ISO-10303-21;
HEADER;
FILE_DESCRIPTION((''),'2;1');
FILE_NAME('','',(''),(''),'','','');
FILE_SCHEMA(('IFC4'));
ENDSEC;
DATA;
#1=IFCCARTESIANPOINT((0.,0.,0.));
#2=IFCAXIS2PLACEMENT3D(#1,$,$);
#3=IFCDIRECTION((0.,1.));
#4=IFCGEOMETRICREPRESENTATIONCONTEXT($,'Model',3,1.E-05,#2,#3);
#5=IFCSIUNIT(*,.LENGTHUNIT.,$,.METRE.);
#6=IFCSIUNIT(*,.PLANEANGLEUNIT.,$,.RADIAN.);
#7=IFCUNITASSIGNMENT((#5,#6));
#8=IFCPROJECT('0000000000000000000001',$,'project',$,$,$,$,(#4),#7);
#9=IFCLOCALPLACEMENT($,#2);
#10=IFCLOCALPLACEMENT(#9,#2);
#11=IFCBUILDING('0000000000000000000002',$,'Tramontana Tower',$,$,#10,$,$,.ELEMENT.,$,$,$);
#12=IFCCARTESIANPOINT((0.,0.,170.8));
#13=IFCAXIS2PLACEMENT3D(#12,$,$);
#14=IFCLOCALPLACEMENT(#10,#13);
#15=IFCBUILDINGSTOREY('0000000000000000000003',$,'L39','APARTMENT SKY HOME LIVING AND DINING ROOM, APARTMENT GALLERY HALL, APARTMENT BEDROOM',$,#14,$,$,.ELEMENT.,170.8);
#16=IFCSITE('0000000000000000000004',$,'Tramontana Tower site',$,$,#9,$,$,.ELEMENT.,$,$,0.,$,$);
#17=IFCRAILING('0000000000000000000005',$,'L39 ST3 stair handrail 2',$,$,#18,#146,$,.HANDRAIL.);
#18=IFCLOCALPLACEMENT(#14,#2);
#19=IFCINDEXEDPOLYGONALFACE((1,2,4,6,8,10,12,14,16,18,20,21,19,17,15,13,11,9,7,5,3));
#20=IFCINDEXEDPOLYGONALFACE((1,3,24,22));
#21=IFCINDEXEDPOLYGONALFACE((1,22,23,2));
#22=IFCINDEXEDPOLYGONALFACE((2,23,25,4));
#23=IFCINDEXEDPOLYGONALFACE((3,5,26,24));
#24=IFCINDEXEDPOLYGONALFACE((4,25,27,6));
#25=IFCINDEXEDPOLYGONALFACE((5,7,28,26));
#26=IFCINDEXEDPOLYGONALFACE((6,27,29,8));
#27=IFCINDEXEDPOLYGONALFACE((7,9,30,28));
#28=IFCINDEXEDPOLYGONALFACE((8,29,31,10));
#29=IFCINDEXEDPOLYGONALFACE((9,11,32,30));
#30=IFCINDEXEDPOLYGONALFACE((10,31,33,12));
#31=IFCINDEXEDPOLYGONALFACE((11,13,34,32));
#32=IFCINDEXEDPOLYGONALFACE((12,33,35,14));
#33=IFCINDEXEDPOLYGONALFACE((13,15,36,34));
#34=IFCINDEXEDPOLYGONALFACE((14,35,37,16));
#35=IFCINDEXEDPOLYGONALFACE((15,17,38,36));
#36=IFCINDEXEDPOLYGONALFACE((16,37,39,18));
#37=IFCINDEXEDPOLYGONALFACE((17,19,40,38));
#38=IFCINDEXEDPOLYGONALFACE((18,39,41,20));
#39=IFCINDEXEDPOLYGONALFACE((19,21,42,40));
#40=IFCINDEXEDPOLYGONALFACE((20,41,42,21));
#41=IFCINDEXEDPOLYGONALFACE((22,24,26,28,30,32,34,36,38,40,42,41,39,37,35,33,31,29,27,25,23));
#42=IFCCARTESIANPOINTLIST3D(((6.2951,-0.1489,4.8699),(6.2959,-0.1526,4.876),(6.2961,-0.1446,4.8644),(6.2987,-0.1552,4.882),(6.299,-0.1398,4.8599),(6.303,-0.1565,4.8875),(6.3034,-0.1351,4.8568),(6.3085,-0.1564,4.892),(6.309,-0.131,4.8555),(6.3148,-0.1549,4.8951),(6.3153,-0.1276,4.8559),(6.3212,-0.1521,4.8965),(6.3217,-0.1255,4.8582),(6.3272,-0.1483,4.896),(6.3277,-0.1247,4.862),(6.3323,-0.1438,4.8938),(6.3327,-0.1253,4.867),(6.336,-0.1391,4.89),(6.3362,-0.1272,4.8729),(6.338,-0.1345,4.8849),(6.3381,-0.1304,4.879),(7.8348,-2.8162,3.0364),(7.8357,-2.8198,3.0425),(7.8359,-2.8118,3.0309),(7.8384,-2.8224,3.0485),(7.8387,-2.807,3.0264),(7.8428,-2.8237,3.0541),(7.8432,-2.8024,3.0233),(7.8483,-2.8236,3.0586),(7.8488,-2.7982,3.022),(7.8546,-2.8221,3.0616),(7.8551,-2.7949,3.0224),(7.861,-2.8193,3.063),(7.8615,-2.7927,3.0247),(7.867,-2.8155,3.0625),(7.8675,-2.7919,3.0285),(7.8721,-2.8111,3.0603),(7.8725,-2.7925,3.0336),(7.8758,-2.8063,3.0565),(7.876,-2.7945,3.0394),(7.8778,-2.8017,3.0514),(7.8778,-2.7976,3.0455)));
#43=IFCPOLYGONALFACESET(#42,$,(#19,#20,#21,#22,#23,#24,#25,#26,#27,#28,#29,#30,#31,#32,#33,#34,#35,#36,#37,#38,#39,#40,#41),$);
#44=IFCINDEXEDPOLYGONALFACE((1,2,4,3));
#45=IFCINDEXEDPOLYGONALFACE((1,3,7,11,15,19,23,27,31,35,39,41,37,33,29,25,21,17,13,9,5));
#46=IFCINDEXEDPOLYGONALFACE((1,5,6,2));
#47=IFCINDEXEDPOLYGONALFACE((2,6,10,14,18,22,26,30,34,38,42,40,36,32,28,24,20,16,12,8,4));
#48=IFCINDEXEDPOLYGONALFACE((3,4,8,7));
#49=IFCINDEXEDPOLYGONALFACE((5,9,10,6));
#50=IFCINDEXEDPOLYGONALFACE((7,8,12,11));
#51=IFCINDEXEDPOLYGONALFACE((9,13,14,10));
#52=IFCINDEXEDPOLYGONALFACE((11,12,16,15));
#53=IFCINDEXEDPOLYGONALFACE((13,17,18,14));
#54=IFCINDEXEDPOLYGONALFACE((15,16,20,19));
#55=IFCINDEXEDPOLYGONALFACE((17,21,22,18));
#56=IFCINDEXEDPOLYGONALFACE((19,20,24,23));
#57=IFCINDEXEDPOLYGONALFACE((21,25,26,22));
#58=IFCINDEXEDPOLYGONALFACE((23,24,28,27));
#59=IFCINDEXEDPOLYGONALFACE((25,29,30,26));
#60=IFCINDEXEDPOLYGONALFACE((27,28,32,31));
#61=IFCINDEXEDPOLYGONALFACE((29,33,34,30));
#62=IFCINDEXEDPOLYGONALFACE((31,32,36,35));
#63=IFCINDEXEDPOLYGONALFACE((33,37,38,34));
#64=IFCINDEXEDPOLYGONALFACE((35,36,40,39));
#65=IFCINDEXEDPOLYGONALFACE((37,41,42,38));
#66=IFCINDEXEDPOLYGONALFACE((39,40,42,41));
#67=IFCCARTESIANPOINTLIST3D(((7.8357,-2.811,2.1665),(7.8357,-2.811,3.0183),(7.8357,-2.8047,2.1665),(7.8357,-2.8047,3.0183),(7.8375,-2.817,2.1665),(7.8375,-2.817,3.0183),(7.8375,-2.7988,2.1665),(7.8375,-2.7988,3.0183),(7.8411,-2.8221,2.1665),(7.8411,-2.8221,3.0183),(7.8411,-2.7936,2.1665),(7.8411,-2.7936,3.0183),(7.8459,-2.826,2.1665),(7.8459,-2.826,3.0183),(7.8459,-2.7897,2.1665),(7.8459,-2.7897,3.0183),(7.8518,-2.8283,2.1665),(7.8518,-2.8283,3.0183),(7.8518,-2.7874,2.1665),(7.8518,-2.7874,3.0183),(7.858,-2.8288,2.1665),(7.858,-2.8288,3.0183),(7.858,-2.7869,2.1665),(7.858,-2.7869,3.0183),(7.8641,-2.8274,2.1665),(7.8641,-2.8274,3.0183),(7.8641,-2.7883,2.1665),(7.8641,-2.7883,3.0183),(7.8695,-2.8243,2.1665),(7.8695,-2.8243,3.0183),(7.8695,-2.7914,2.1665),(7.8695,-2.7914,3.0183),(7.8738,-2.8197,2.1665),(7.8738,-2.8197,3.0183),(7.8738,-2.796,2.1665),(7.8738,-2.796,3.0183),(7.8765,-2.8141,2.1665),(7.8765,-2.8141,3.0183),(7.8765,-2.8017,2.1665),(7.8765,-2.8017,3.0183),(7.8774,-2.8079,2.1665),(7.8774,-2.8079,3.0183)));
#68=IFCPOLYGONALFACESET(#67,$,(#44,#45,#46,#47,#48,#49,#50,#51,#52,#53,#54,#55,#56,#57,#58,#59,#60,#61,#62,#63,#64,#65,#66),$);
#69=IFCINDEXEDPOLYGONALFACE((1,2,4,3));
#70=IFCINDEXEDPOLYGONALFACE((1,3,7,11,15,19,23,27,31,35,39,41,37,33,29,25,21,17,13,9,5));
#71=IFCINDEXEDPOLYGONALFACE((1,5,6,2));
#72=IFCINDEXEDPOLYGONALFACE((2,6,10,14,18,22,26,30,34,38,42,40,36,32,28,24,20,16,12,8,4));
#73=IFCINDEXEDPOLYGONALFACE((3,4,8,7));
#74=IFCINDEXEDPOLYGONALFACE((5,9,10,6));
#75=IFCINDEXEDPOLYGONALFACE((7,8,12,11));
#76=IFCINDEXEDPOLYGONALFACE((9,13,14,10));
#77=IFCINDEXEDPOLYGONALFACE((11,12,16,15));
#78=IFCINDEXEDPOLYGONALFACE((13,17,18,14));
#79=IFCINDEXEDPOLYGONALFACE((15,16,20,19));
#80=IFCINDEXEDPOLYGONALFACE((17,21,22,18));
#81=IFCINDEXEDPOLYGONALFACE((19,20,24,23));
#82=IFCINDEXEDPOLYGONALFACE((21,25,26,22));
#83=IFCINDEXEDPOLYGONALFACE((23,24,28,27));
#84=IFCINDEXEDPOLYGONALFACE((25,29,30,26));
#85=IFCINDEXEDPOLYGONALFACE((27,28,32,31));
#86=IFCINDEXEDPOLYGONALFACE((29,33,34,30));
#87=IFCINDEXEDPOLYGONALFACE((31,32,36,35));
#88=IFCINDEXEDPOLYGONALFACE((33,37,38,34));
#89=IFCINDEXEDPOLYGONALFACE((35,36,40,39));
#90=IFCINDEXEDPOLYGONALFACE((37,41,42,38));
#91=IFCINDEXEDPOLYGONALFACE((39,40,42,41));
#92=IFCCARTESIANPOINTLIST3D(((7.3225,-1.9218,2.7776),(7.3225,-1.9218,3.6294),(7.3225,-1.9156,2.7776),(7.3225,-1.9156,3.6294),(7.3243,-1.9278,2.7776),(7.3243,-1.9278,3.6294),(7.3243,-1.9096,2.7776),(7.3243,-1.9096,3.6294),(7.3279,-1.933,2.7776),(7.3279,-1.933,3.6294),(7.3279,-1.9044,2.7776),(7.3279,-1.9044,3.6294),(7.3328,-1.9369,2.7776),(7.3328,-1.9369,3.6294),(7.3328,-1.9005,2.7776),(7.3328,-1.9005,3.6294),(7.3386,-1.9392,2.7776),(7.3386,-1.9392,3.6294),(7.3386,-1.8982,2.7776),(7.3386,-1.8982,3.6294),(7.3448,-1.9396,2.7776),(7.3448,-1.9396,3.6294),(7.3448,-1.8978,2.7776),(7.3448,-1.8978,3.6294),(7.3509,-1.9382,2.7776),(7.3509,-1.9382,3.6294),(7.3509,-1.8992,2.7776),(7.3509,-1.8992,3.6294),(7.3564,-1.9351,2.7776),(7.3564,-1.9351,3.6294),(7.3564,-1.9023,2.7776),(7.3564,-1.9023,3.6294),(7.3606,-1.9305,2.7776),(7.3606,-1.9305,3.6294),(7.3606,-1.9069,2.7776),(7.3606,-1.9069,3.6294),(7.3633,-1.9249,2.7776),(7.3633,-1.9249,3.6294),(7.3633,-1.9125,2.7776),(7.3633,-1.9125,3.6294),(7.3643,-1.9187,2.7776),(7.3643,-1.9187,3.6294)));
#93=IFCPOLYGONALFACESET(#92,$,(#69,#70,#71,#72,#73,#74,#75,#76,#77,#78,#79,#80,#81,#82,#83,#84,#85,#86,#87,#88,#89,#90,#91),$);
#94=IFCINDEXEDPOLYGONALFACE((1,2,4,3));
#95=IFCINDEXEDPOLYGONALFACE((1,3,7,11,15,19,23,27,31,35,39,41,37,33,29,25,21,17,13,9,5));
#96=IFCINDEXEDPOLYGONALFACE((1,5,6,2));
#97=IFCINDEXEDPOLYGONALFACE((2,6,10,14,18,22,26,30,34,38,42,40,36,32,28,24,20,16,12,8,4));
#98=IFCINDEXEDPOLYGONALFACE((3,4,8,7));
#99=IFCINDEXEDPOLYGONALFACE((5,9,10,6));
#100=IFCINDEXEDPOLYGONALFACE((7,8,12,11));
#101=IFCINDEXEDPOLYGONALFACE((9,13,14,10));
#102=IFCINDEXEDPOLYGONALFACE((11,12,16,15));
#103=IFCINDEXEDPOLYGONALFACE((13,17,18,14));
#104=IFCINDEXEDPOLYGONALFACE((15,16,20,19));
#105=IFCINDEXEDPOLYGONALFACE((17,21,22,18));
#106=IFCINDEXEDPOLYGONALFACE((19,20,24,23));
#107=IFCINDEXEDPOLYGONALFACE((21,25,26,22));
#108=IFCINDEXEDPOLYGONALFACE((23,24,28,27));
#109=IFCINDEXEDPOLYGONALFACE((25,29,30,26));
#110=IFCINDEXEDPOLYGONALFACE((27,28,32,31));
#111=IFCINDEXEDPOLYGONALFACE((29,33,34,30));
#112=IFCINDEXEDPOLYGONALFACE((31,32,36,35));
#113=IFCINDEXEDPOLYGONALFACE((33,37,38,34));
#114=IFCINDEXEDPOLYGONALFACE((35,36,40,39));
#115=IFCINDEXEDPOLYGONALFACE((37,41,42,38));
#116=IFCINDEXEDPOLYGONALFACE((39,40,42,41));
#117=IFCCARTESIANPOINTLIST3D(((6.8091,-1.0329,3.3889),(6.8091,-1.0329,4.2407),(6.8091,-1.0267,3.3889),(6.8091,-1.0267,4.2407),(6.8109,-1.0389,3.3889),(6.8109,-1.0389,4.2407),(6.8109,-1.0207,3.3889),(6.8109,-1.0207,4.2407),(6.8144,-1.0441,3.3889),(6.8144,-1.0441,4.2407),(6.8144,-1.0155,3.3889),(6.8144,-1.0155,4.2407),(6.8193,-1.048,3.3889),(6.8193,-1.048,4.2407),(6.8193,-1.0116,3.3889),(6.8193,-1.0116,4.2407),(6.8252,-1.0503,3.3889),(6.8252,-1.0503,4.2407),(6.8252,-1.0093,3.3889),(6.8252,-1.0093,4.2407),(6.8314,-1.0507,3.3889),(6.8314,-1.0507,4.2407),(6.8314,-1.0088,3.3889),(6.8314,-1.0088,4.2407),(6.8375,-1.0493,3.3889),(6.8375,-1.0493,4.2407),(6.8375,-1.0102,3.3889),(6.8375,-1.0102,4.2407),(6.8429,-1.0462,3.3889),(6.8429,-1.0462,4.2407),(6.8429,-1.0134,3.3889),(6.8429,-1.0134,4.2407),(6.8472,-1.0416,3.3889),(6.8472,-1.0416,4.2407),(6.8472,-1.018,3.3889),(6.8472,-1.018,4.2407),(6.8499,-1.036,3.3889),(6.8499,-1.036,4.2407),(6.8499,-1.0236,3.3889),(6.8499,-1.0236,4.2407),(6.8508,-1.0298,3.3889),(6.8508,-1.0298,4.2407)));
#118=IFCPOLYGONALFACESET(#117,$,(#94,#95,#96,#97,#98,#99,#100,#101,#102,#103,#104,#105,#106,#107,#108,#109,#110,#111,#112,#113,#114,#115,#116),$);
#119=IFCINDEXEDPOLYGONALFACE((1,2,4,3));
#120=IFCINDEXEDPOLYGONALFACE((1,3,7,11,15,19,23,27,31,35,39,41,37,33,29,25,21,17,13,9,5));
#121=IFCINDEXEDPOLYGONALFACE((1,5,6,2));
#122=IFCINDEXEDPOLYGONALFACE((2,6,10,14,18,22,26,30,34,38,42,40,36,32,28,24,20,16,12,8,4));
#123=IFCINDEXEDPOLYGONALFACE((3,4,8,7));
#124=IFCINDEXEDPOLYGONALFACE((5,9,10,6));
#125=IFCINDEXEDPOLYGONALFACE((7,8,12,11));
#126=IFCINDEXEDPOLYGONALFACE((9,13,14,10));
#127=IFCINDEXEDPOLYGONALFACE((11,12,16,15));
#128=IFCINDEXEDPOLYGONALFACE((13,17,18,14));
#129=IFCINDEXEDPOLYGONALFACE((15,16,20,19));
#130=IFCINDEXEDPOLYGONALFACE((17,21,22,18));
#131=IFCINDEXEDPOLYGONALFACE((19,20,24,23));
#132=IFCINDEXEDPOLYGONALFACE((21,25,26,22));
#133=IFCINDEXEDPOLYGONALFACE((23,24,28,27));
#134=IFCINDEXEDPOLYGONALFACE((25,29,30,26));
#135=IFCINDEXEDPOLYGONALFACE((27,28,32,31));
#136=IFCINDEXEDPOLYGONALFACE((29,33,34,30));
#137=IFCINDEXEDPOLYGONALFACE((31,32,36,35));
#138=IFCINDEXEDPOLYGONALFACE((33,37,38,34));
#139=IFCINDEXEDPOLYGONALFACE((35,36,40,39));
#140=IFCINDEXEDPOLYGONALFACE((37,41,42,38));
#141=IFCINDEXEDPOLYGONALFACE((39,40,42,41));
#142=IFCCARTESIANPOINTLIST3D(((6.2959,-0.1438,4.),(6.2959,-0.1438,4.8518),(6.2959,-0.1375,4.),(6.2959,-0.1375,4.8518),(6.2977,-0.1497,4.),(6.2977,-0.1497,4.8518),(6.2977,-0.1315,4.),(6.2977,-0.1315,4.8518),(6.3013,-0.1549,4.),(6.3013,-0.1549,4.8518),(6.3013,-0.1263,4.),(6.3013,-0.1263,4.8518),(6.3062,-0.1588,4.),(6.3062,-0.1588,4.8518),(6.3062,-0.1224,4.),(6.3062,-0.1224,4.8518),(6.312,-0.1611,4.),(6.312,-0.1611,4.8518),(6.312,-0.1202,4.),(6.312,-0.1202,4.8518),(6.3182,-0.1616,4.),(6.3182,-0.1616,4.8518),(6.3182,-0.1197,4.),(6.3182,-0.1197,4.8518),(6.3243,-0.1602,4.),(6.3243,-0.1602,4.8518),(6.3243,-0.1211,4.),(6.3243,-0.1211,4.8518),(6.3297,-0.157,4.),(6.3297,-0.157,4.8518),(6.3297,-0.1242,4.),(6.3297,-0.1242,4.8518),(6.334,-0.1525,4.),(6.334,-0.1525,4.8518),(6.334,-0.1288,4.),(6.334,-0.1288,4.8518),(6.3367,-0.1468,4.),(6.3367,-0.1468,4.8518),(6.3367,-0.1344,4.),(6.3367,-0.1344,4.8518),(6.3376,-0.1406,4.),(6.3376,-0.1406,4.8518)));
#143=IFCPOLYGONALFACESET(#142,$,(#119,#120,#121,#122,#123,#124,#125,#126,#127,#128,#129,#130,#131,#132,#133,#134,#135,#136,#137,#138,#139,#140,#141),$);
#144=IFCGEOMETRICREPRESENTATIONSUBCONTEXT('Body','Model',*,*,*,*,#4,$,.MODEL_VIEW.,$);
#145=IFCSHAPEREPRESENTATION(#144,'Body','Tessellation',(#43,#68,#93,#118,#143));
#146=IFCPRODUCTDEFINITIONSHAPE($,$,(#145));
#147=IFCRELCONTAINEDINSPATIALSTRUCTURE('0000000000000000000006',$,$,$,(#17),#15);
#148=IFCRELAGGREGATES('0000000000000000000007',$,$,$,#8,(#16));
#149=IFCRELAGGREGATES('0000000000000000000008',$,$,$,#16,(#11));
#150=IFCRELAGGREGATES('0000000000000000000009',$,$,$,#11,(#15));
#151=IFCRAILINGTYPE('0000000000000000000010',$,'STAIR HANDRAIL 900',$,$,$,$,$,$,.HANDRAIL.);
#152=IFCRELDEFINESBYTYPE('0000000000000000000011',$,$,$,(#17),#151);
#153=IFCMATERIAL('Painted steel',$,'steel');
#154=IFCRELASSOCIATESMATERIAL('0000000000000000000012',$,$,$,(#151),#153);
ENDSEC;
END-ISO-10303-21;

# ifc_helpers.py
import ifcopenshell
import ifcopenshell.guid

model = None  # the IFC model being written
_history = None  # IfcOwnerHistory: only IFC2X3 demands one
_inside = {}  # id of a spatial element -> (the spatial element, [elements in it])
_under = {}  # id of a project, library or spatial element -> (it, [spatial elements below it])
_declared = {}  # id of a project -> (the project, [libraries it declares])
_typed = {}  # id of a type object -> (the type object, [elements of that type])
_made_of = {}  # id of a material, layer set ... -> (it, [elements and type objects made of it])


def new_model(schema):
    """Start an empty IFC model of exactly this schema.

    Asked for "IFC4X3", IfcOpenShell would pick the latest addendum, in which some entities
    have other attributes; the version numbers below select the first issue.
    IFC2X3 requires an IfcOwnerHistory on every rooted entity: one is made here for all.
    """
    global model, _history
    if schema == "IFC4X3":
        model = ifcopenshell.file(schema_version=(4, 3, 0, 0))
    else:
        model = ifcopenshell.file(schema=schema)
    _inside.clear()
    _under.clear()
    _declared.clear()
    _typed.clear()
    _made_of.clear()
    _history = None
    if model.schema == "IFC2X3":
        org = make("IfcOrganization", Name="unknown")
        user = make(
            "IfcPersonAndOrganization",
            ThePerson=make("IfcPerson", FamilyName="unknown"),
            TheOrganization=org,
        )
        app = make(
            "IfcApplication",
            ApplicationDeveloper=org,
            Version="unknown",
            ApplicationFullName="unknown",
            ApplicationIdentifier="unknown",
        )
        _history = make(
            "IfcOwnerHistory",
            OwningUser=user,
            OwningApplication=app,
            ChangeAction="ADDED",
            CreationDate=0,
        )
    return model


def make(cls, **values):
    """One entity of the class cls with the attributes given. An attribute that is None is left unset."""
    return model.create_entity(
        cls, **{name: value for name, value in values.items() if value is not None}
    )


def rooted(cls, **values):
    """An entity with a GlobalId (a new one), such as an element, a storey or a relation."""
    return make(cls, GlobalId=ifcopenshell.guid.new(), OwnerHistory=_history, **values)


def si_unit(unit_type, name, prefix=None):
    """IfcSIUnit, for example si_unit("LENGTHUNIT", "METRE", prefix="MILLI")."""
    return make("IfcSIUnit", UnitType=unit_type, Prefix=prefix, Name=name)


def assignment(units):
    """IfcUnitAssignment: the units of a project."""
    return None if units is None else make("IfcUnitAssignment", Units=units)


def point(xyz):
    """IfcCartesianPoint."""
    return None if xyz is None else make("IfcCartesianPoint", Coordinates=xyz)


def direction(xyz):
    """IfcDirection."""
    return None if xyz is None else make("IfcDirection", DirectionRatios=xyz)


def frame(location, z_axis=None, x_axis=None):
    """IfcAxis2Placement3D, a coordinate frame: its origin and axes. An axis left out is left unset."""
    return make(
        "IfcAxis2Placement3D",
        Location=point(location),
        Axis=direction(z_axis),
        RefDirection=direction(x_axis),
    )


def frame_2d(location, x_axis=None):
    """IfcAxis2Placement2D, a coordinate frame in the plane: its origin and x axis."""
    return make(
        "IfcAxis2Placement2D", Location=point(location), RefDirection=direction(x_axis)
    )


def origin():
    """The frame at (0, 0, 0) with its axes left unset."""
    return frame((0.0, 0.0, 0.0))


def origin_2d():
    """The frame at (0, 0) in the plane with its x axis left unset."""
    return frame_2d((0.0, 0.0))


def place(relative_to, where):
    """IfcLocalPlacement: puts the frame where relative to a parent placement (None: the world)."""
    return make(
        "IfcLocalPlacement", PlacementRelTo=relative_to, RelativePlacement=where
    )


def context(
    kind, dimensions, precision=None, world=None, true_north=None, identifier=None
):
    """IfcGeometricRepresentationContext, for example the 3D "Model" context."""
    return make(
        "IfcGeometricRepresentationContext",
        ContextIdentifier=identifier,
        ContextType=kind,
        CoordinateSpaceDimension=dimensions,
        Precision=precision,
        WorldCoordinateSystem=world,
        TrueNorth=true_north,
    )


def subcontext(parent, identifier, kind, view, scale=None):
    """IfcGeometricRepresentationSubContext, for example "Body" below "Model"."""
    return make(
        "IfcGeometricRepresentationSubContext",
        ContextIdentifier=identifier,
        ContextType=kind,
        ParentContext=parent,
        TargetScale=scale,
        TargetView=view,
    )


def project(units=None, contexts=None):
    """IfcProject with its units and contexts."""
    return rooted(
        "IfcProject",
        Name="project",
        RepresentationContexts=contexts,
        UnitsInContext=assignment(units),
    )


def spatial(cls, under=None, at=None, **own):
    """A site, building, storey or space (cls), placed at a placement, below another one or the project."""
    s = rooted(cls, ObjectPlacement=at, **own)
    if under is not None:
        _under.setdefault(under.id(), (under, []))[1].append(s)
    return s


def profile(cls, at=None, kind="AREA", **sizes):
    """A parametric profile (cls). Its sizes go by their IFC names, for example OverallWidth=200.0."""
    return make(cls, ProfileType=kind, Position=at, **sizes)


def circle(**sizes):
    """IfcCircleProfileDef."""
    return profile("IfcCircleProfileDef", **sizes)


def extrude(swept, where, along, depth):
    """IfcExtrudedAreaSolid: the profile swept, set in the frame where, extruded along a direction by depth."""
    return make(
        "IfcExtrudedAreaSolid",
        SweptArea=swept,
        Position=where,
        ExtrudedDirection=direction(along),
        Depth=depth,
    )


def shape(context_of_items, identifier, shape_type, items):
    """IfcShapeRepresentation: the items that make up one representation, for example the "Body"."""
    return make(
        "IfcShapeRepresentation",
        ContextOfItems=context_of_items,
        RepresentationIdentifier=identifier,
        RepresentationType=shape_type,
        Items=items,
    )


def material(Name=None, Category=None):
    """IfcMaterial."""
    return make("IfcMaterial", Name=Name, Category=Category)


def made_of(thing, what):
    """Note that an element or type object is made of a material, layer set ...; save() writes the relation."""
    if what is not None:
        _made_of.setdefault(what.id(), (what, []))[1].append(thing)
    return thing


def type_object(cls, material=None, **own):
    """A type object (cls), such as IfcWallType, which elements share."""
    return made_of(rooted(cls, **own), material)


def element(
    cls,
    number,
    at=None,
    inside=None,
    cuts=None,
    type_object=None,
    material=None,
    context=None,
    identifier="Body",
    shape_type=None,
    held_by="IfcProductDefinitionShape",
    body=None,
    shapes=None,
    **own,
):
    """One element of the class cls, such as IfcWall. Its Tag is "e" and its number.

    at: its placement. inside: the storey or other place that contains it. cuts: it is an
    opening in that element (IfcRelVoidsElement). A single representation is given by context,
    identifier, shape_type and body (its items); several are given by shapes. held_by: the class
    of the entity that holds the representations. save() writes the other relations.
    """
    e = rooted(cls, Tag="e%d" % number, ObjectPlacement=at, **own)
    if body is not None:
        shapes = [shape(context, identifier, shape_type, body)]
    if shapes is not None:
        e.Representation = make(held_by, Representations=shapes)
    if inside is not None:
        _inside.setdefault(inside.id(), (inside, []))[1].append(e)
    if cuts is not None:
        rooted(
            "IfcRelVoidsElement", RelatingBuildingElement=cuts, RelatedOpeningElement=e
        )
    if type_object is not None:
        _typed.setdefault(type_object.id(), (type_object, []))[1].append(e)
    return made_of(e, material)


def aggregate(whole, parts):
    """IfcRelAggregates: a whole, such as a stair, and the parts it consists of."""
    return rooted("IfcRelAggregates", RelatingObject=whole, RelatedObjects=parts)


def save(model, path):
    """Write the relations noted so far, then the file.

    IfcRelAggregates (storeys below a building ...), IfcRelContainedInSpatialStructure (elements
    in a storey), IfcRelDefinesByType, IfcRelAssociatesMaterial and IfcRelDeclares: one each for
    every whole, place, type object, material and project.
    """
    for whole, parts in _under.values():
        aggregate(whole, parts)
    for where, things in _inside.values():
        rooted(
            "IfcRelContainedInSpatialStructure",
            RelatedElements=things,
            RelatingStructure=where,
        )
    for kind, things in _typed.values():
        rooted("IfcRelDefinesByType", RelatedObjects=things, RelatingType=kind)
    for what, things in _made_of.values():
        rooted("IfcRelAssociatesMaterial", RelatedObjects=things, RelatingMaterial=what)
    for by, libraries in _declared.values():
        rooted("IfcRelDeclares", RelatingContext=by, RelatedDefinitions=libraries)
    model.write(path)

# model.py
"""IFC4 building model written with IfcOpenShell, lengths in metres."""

from ifc_helpers import new_model, si_unit, direction, frame, origin, origin_2d, place, context, subcontext, project, spatial, circle, extrude, material, type_object, element, save


model = new_model("IFC4")

# Units and contexts
model_context = context("Model", 3, precision=1e-05, world=origin(), true_north=direction((0.0, 1.0)))
body_context = subcontext(model_context, "Body", "Model", "MODEL_VIEW")
ifc_project = project(units=[si_unit("LENGTHUNIT", "METRE"), si_unit("PLANEANGLEUNIT", "RADIAN")], contexts=[model_context])

# Site, building, storey
site_placement = place(None, origin())
site = spatial("IfcSite", under=ifc_project, at=site_placement, Name="Tramontana Tower site", CompositionType="ELEMENT", RefElevation=0.0)
building_placement = place(site_placement, origin())
building = spatial("IfcBuilding", under=site, at=building_placement, Name="Tramontana Tower", CompositionType="ELEMENT")
storey_placement = place(building_placement, frame((0.0, 0.0, 170.8)))
storey = spatial("IfcBuildingStorey", under=building, at=storey_placement, Name="L39", Description="APARTMENT SKY HOME LIVING AND DINING ROOM, APARTMENT GALLERY HALL, APARTMENT BEDROOM", CompositionType="ELEMENT", Elevation=170.8)

# Railing
ifc_material_1 = material(Name="Painted steel", Category="steel")
railing_type_1 = type_object("IfcRailingType", Name="STAIR HANDRAIL 900", PredefinedType="HANDRAIL", material=ifc_material_1)
railing_1_placement = place(storey_placement, frame((7.8564, -2.8079, 2.1665)))
element("IfcRailing", 1, at=railing_1_placement, inside=storey, type_object=railing_type_1, Name="L39 ST3 stair handrail 2", PredefinedType="HANDRAIL", context=body_context, shape_type="SweptSolid", body=[
    extrude(circle(Radius=0.0239, at=origin_2d()), frame((0.0, 0.0, 0.876), z_axis=(-0.429601, 0.744155, 0.511543), x_axis=(-0.866044, -0.499967, 0.0)), (0.0, 0.0, 1.0), 3.5842),
    extrude(circle(Radius=0.021, at=origin_2d()), origin(), (0.0, 0.0, 1.0), 0.8518),
    extrude(circle(Radius=0.021, at=origin_2d()), frame((-0.5132, 0.8892, 0.6111)), (0.0, 0.0, 1.0), 0.8518),
    extrude(circle(Radius=0.021, at=origin_2d()), frame((-1.0266, 1.7781, 1.2224)), (0.0, 0.0, 1.0), 0.8518),
    extrude(circle(Radius=0.021, at=origin_2d()), frame((-1.5398, 2.6672, 1.8335)), (0.0, 0.0, 1.0), 0.8518),
])

save(model, "model.ifc")
